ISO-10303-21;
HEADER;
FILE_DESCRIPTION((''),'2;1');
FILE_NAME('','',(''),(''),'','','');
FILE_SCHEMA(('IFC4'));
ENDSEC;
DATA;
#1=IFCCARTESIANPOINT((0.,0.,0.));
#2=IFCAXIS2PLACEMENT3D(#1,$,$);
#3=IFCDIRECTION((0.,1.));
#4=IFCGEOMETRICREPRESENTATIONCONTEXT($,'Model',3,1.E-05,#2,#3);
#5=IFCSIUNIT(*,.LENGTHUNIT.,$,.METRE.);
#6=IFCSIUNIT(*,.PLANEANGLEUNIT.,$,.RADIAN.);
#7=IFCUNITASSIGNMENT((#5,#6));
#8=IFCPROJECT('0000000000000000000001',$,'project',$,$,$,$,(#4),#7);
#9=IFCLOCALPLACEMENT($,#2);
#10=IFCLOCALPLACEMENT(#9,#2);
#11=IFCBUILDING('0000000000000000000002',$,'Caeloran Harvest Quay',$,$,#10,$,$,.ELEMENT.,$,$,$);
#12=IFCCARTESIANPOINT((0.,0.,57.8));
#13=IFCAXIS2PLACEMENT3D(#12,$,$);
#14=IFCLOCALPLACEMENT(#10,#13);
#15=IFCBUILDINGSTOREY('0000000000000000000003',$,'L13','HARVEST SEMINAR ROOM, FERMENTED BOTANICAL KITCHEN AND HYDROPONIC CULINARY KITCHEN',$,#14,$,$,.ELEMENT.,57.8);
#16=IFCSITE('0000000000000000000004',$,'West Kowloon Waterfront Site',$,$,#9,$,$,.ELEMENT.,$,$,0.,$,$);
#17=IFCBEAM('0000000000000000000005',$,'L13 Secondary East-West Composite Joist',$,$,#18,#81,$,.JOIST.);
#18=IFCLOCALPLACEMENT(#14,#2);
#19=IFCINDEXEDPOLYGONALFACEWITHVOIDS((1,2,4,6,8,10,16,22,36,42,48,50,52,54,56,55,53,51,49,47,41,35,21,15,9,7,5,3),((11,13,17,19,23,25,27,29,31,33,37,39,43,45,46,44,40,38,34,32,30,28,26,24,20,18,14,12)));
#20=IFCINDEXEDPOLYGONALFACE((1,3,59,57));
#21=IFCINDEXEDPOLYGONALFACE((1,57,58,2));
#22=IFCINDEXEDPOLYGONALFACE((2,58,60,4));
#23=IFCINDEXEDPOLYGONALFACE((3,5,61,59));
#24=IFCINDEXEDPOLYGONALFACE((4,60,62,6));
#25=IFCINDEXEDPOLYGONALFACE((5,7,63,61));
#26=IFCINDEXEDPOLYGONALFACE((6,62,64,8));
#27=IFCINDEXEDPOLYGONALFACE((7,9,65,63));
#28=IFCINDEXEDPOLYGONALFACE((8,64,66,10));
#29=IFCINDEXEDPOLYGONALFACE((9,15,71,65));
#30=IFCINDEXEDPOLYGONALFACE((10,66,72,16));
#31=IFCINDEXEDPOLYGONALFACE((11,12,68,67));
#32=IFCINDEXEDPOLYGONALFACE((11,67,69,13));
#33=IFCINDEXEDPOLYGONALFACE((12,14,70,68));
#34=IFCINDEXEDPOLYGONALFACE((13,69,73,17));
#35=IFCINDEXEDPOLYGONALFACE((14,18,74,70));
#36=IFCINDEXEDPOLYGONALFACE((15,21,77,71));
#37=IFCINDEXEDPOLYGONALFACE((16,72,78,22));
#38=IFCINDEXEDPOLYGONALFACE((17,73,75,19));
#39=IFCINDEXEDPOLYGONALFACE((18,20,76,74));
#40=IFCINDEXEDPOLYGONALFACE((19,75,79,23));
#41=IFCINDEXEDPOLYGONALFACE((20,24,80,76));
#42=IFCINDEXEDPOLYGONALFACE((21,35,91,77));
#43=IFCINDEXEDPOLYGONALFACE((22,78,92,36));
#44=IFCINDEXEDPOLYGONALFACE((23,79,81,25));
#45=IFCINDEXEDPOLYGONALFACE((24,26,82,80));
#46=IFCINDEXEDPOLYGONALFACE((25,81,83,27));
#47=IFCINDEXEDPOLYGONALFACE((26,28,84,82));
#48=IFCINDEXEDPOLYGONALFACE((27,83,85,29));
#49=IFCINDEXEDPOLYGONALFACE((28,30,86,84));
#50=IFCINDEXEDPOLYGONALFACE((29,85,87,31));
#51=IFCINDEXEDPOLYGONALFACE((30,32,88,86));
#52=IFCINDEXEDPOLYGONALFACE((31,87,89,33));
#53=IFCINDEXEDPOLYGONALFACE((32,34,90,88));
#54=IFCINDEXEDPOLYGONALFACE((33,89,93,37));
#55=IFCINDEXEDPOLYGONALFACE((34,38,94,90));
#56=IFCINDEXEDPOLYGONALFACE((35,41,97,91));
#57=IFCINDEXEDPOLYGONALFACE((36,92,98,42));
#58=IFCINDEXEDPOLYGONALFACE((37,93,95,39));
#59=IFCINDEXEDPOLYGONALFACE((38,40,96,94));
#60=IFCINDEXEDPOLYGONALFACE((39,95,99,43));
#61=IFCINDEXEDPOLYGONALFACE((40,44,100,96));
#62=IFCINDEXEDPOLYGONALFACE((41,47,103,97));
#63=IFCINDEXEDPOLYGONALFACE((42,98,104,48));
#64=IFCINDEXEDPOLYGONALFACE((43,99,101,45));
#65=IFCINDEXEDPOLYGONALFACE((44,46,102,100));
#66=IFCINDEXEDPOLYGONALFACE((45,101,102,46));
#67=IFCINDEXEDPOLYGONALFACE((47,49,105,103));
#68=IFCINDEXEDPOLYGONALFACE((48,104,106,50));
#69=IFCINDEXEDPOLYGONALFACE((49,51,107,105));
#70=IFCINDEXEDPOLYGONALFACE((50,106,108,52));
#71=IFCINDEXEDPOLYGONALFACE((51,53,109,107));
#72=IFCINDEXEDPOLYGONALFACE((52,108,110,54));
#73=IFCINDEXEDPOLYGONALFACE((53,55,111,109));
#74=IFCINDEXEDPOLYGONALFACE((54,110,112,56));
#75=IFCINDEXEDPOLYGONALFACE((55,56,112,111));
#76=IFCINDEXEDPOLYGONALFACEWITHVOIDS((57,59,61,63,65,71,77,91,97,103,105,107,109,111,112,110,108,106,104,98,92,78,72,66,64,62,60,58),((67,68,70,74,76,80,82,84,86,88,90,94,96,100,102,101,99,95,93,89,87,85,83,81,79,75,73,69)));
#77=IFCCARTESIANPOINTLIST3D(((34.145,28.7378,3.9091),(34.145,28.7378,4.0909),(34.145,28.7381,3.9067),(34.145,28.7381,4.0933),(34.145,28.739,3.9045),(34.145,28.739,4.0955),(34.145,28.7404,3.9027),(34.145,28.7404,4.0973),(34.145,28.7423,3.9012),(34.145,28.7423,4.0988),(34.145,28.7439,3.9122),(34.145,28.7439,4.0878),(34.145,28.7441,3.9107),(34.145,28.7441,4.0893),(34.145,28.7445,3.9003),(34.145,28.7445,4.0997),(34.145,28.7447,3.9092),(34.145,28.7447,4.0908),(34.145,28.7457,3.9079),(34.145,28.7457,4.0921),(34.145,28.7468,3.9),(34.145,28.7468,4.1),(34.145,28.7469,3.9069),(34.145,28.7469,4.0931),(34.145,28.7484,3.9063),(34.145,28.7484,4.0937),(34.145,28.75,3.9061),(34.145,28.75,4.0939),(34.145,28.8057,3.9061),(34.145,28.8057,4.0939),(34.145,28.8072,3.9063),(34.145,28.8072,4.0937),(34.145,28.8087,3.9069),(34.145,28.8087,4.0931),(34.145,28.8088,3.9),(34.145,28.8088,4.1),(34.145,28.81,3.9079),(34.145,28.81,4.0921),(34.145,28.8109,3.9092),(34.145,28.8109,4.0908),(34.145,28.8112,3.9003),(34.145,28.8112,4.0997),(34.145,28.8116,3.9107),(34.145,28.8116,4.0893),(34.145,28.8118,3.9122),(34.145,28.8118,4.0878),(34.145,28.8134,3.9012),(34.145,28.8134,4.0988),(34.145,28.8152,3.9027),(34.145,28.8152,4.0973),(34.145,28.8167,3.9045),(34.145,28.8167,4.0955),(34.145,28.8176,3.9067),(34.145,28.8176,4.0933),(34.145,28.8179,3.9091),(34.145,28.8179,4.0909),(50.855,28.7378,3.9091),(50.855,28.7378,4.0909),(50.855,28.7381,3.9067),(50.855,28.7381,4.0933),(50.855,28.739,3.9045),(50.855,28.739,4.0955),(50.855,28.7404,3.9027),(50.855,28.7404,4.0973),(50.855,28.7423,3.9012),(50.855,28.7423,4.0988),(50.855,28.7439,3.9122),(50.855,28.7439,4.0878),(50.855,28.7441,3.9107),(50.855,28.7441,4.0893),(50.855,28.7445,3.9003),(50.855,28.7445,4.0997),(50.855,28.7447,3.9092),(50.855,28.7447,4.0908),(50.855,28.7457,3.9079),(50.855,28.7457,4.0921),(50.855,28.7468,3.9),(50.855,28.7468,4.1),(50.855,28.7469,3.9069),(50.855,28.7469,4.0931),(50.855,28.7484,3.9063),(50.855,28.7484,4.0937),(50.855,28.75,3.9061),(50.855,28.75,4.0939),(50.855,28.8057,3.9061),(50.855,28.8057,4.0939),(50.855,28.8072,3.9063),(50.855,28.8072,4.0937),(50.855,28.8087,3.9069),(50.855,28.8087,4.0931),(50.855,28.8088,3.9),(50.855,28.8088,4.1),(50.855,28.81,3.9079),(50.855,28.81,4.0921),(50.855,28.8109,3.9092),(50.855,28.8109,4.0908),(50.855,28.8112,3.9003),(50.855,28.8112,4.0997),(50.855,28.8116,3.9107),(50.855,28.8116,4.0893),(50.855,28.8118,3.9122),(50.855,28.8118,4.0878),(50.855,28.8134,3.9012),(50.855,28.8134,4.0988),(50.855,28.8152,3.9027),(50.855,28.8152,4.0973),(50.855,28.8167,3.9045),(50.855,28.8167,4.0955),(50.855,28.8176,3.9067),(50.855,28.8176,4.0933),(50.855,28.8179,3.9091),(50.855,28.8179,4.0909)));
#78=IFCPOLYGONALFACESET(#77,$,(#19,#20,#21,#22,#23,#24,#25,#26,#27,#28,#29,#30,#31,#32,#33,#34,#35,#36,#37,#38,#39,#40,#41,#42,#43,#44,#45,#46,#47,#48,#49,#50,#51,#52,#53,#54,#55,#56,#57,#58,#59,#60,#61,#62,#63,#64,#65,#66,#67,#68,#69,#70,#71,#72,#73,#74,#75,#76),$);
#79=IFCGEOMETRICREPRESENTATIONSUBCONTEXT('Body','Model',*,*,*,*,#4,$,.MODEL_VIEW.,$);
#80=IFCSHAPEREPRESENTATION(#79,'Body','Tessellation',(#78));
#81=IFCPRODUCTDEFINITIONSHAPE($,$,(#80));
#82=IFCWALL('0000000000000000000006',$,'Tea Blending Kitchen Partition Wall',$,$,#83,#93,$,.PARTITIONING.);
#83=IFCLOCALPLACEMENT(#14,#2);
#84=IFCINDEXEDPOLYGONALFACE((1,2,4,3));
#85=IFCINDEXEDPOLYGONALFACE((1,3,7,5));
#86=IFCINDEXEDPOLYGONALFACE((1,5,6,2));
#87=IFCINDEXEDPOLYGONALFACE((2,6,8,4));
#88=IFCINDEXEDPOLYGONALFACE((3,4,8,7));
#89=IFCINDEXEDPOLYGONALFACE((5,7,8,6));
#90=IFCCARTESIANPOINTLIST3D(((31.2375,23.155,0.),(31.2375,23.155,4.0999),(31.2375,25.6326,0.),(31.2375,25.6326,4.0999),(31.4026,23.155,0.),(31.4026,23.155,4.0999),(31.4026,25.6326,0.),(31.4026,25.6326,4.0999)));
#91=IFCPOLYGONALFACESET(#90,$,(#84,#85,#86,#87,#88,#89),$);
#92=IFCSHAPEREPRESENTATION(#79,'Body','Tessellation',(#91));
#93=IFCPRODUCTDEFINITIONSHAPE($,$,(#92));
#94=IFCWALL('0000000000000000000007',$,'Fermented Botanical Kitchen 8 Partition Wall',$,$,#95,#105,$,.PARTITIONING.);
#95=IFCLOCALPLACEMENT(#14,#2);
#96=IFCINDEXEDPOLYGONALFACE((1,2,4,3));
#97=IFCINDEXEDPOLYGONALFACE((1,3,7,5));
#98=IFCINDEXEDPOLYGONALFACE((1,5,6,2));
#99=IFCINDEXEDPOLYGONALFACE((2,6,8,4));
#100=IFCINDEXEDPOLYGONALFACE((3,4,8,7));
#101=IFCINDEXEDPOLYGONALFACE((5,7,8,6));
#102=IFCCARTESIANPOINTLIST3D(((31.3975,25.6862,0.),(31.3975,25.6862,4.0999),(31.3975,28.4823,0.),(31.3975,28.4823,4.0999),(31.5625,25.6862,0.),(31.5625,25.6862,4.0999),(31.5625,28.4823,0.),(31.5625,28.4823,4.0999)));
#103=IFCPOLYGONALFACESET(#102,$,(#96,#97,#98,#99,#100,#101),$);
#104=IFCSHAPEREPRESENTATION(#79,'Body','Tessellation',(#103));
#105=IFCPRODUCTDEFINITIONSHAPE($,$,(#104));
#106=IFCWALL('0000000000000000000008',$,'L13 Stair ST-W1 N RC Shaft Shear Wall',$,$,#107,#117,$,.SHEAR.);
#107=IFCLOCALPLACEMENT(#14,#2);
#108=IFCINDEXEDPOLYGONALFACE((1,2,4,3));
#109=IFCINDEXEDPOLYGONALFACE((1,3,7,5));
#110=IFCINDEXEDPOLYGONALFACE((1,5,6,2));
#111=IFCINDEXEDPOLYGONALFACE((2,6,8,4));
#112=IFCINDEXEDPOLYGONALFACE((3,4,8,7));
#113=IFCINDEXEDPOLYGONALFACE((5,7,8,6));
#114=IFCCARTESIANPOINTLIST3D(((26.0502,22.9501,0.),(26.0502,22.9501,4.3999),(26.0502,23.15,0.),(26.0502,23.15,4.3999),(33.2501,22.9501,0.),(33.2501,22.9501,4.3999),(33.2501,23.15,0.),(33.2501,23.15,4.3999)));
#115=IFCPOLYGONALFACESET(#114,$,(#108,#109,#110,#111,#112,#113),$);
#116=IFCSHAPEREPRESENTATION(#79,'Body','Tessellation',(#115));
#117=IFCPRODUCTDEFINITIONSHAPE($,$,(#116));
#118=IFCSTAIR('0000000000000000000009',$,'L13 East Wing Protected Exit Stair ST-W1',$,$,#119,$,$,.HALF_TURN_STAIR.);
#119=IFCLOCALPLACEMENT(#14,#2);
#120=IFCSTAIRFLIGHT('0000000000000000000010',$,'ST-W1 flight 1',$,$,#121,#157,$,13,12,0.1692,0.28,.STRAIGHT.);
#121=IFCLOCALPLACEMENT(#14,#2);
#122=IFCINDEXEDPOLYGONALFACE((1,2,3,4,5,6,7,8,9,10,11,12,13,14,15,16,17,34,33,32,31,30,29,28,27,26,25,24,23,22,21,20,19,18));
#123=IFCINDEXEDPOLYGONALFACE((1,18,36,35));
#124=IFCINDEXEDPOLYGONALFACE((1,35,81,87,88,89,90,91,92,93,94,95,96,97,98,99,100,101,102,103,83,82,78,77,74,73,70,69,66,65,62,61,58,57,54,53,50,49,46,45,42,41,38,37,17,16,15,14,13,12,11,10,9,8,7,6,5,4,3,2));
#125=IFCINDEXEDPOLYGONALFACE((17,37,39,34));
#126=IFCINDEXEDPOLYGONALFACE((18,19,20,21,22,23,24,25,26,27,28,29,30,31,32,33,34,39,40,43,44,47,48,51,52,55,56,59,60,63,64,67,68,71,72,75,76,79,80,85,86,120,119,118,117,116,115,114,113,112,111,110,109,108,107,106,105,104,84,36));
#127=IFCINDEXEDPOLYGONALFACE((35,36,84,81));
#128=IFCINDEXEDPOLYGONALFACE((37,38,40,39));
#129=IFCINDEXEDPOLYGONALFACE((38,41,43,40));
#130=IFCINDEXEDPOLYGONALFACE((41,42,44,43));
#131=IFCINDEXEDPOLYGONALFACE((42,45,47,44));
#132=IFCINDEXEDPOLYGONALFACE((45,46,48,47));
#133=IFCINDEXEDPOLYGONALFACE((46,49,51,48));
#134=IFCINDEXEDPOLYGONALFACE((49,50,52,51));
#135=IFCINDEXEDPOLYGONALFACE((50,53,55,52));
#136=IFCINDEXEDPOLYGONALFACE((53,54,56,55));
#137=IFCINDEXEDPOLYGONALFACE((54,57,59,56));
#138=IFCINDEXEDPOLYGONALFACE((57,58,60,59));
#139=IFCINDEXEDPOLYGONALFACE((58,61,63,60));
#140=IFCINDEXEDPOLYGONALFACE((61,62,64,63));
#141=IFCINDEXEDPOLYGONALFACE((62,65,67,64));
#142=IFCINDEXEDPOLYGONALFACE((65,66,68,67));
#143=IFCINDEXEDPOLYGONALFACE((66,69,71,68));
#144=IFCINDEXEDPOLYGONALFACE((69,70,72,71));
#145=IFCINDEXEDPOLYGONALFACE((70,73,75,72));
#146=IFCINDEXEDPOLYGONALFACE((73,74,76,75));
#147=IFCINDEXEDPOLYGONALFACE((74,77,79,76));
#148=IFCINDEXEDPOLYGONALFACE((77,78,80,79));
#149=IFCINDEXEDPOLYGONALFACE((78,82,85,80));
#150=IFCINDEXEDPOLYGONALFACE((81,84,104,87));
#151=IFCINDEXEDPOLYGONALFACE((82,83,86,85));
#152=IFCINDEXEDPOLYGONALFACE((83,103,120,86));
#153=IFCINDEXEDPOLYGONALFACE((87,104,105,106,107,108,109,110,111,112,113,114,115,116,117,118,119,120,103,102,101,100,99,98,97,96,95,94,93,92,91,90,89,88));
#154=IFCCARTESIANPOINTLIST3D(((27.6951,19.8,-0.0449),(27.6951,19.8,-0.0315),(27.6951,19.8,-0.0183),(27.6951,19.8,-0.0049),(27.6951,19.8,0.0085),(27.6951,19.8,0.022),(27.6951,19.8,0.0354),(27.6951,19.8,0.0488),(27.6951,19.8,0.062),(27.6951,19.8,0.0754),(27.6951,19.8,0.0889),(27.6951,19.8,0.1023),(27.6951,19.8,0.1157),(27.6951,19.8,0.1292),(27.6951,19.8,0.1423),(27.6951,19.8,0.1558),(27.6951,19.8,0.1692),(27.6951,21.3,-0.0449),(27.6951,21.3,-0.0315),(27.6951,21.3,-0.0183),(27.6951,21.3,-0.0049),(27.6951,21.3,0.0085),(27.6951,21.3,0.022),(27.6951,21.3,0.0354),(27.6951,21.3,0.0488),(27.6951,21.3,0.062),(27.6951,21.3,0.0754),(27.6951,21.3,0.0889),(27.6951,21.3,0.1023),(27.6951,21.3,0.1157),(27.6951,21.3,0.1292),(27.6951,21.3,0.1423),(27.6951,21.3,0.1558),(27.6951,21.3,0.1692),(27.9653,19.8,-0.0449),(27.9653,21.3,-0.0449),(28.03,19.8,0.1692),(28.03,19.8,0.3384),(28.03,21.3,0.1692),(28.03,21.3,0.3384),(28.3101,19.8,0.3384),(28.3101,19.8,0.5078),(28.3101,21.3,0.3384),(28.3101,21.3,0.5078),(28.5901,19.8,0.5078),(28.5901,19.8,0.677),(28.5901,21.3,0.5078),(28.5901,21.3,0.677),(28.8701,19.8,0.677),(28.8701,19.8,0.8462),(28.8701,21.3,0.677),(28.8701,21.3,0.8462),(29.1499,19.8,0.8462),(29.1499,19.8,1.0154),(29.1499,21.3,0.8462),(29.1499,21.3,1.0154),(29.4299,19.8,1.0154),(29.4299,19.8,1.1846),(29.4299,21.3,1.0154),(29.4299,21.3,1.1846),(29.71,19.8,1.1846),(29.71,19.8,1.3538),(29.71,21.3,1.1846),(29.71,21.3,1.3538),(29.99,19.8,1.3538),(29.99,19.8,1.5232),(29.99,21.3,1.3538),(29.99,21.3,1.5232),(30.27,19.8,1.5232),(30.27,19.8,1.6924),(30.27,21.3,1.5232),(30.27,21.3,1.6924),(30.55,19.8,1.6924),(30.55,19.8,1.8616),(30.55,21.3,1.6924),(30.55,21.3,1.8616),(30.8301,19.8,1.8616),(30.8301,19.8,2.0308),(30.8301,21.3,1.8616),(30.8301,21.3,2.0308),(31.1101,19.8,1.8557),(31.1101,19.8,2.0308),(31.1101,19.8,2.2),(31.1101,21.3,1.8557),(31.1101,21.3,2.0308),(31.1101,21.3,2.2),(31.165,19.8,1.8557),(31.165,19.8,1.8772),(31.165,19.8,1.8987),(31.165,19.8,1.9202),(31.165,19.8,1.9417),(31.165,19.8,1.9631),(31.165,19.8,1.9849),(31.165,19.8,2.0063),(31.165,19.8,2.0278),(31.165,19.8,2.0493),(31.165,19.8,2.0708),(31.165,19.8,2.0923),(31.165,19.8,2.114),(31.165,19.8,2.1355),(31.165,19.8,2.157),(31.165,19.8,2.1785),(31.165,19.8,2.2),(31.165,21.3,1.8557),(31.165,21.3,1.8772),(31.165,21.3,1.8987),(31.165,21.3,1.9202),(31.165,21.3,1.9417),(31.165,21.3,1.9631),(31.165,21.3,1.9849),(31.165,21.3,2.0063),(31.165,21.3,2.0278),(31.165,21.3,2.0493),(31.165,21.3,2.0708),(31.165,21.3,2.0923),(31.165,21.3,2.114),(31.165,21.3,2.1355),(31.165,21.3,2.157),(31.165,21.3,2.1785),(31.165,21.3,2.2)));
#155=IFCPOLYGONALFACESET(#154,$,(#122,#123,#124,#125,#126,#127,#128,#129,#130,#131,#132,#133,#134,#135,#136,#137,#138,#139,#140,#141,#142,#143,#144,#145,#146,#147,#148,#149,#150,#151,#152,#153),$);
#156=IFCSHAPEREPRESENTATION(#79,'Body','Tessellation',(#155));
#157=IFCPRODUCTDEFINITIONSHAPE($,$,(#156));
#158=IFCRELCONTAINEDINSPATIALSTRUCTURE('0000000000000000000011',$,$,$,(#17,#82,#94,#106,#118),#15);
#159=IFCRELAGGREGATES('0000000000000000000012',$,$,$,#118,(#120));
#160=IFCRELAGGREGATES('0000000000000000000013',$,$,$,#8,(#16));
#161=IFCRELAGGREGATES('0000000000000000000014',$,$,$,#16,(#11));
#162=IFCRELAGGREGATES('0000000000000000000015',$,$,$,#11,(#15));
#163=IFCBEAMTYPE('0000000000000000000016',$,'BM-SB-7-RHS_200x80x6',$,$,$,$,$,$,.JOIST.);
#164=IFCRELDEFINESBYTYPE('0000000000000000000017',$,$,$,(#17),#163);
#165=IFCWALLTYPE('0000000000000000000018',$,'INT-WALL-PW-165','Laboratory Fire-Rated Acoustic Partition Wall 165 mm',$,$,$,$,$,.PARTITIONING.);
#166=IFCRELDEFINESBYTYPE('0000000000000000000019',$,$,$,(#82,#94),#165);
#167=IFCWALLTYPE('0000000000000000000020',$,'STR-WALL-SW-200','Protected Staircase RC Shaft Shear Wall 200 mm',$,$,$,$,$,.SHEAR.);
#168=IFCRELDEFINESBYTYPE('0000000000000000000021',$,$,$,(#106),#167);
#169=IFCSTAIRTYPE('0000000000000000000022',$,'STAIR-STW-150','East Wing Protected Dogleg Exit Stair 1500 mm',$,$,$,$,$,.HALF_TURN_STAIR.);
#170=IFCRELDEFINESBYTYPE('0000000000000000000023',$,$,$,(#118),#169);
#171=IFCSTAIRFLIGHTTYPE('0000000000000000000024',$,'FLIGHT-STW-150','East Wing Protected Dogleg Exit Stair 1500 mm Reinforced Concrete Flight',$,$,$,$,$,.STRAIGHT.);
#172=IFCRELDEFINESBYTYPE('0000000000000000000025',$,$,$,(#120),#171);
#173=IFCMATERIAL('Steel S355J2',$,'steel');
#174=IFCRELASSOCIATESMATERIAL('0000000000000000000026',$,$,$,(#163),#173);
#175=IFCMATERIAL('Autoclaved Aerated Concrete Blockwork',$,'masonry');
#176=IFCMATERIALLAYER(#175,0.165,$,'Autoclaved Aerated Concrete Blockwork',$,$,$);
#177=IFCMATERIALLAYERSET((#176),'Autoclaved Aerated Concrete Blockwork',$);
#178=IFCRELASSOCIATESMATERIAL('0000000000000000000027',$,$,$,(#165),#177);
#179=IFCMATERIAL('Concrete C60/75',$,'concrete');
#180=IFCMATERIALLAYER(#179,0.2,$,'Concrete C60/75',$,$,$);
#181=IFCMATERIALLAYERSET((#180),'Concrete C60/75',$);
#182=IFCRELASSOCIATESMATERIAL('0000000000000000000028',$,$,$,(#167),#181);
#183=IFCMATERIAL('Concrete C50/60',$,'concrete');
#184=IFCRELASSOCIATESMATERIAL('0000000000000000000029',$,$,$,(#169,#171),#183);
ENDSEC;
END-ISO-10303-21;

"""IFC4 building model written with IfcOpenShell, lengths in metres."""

from ifc_helpers import new_model, si_unit, direction, frame, frame_2d, origin, origin_2d, place, context, subcontext, project, spatial, polyline, rectangle, hollow_rectangle, outline, extrude, material, layer, layer_set, material_profile, profile_set, type_object, element, aggregate, save


model = new_model("IFC4")

# Units and contexts
model_context = context("Model", 3, precision=1e-05, world=origin(), true_north=direction((0.0, 1.0)))
body_context = subcontext(model_context, "Body", "Model", "MODEL_VIEW")
ifc_project = project(units=[si_unit("LENGTHUNIT", "METRE"), si_unit("PLANEANGLEUNIT", "RADIAN")], contexts=[model_context])

# Site, building, storey
site_placement = place(None, origin())
site = spatial("IfcSite", under=ifc_project, at=site_placement, Name="West Kowloon Waterfront Site", CompositionType="ELEMENT", RefElevation=0.0)
building_placement = place(site_placement, origin())
building = spatial("IfcBuilding", under=site, at=building_placement, Name="Caeloran Harvest Quay", CompositionType="ELEMENT")
storey_placement = place(building_placement, frame((0.0, 0.0, 57.8)))
storey = spatial("IfcBuildingStorey", under=building, at=storey_placement, Name="L13", Description="HARVEST SEMINAR ROOM, FERMENTED BOTANICAL KITCHEN AND HYDROPONIC CULINARY KITCHEN", CompositionType="ELEMENT", Elevation=57.8)

# Beam
ifc_material_1 = material(Name="Steel S355J2", Category="steel")
ifc_material_profile_1 = material_profile(ifc_material_1, hollow_rectangle(XDim=0.0801, YDim=0.2, WallThickness=0.0061, InnerFilletRadius=0.0061, OuterFilletRadius=0.009, at=origin_2d()), Name="RHS 200x80x6")
ifc_profile_set_1 = profile_set([ifc_material_profile_1], Name="Steel S355J2")
beam_type_1 = type_object("IfcBeamType", Name="BM-SB-7-RHS_200x80x6", PredefinedType="JOIST", material=ifc_profile_set_1)
beam_placement = place(storey_placement, frame((34.145, 28.7778, 4.0), z_axis=(1.0, 0.0, 0.0), x_axis=(0.0, 1.0, 0.0)))
element("IfcBeam", 1, at=beam_placement, inside=storey, type_object=beam_type_1, Name="L13 Secondary East-West Composite Joist", PredefinedType="JOIST", context=body_context, shape_type="SweptSolid", body=[
    extrude(hollow_rectangle(XDim=0.0801, YDim=0.2, WallThickness=0.0061, InnerFilletRadius=0.0061, OuterFilletRadius=0.009, at=origin_2d()), origin(), (0.0, 0.0, 1.0), 16.71),
])

# Wall
ifc_material_2 = material(Name="Autoclaved Aerated Concrete Blockwork", Category="masonry")
ifc_layer_1 = layer(ifc_material_2, 0.165, Name="Autoclaved Aerated Concrete Blockwork")
ifc_layer_set_1 = layer_set([ifc_layer_1], Name="Autoclaved Aerated Concrete Blockwork")
wall_type_1 = type_object("IfcWallType", Name="INT-WALL-PW-165", Description="Laboratory Fire-Rated Acoustic Partition Wall 165 mm", PredefinedType="PARTITIONING", material=ifc_layer_set_1)
wall_1_placement = place(storey_placement, frame((31.3201, 25.6326, 0.0), z_axis=(0.0, 0.0, 1.0), x_axis=(0.0, -1.0, 0.0)))
element("IfcWall", 2, at=wall_1_placement, inside=storey, type_object=wall_type_1, Name="Tea Blending Kitchen Partition Wall", PredefinedType="PARTITIONING", context=body_context, shape_type="SweptSolid", body=[
    extrude(rectangle(XDim=2.4775, YDim=0.165, at=frame_2d((1.2388, 0.0))), origin(), (0.0, 0.0, 1.0), 4.0999),
])

# Walls
wall_2_placement = place(storey_placement, frame((31.48, 25.6863, 0.0), z_axis=(0.0, 0.0, 1.0), x_axis=(0.0, 1.0, 0.0)))
element("IfcWall", 3, at=wall_2_placement, inside=storey, type_object=wall_type_1, Name="Fermented Botanical Kitchen 8 Partition Wall", PredefinedType="PARTITIONING", context=body_context, shape_type="SweptSolid", body=[
    extrude(rectangle(XDim=2.7961, YDim=0.165, at=frame_2d((1.3979, 0.0))), origin(), (0.0, 0.0, 1.0), 4.0999),
])
ifc_material_3 = material(Name="Concrete C60/75", Category="concrete")
ifc_layer_2 = layer(ifc_material_3, 0.2, Name="Concrete C60/75")
ifc_layer_set_2 = layer_set([ifc_layer_2], Name="Concrete C60/75")
wall_type_2 = type_object("IfcWallType", Name="STR-WALL-SW-200", Description="Protected Staircase RC Shaft Shear Wall 200 mm", PredefinedType="SHEAR", material=ifc_layer_set_2)
wall_3_placement = place(storey_placement, frame((26.05, 23.05, 0.0), z_axis=(0.0, 0.0, 1.0), x_axis=(1.0, 0.0, 0.0)))
element("IfcWall", 4, at=wall_3_placement, inside=storey, type_object=wall_type_2, Name="L13 Stair ST-W1 N RC Shaft Shear Wall", PredefinedType="SHEAR", context=body_context, shape_type="SweptSolid", body=[
    extrude(rectangle(XDim=7.2, YDim=0.2, at=frame_2d((3.6001, 0.0))), origin(), (0.0, 0.0, 1.0), 4.3999),
])

# Stair, stair flight
ifc_material_4 = material(Name="Concrete C50/60", Category="concrete")
stair_type = type_object("IfcStairType", Name="STAIR-STW-150", Description="East Wing Protected Dogleg Exit Stair 1500 mm", PredefinedType="HALF_TURN_STAIR", material=ifc_material_4)
stair_placement = place(storey_placement, origin())
stair = element("IfcStair", 5, at=stair_placement, inside=storey, type_object=stair_type, Name="L13 East Wing Protected Exit Stair ST-W1", PredefinedType="HALF_TURN_STAIR")
stair_flight_type = type_object("IfcStairFlightType", Name="FLIGHT-STW-150", Description="East Wing Protected Dogleg Exit Stair 1500 mm Reinforced Concrete Flight", PredefinedType="STRAIGHT", material=ifc_material_4)
stair_flight_1_placement = place(storey_placement, frame((27.75, 20.55, 0.0), z_axis=(0.0, 0.0, 1.0), x_axis=(1.0, 0.0, 0.0)))
stair_flight_1 = element("IfcStairFlight", 6, at=stair_flight_1_placement, type_object=stair_flight_type, Name="ST-W1 flight 1", NumberOfRisers=13, NumberOfTreads=12, PredefinedType="STRAIGHT", RiserHeight=0.1692, TreadLength=0.28, context=body_context, shape_type="SweptSolid", body=[
    extrude(outline(polyline([(-0.0549, -0.0449), (-0.0549, -0.0315), (-0.0549, -0.0183), (-0.0549, -0.0049), (-0.0549, 0.0085), (-0.0549, 0.022), (-0.0549, 0.0354), (-0.0549, 0.0488), (-0.0549, 0.062), (-0.0549, 0.0754), (-0.0549, 0.0889), (-0.0549, 0.1023), (-0.0549, 0.1157), (-0.0549, 0.1292), (-0.0549, 0.1423), (-0.0549, 0.1558), (-0.0549, 0.1692), (0.28, 0.1692), (0.28, 0.3384), (0.5601, 0.3384), (0.5601, 0.5078), (0.8401, 0.5078), (0.8401, 0.677), (1.1201, 0.677), (1.1201, 0.8462), (1.3999, 0.8462), (1.3999, 1.0154), (1.6799, 1.0154), (1.6799, 1.1846), (1.96, 1.1846), (1.96, 1.3538), (2.24, 1.3538), (2.24, 1.5232), (2.52, 1.5232), (2.52, 1.6924), (2.8, 1.6924), (2.8, 1.8616), (3.0801, 1.8616), (3.0801, 2.0308), (3.3601, 2.0308), (3.3601, 2.2), (3.415, 2.2), (3.415, 2.1785), (3.415, 2.157), (3.415, 2.1355), (3.415, 2.114), (3.415, 2.0923), (3.415, 2.0708), (3.415, 2.0493), (3.415, 2.0278), (3.415, 2.0063), (3.415, 1.9849), (3.415, 1.9631), (3.415, 1.9417), (3.415, 1.9202), (3.415, 1.8987), (3.415, 1.8772), (3.415, 1.8557), (3.3601, 1.8557), (0.2153, -0.0449), (-0.0549, -0.0449)])), frame((0.0, 0.75, 0.0), z_axis=(0.0, -1.0, 0.0), x_axis=(1.0, 0.0, 0.0)), (0.0, 0.0, 1.0), 1.5),
])
aggregate(stair, [stair_flight_1])

save(model, "model.ifc")
